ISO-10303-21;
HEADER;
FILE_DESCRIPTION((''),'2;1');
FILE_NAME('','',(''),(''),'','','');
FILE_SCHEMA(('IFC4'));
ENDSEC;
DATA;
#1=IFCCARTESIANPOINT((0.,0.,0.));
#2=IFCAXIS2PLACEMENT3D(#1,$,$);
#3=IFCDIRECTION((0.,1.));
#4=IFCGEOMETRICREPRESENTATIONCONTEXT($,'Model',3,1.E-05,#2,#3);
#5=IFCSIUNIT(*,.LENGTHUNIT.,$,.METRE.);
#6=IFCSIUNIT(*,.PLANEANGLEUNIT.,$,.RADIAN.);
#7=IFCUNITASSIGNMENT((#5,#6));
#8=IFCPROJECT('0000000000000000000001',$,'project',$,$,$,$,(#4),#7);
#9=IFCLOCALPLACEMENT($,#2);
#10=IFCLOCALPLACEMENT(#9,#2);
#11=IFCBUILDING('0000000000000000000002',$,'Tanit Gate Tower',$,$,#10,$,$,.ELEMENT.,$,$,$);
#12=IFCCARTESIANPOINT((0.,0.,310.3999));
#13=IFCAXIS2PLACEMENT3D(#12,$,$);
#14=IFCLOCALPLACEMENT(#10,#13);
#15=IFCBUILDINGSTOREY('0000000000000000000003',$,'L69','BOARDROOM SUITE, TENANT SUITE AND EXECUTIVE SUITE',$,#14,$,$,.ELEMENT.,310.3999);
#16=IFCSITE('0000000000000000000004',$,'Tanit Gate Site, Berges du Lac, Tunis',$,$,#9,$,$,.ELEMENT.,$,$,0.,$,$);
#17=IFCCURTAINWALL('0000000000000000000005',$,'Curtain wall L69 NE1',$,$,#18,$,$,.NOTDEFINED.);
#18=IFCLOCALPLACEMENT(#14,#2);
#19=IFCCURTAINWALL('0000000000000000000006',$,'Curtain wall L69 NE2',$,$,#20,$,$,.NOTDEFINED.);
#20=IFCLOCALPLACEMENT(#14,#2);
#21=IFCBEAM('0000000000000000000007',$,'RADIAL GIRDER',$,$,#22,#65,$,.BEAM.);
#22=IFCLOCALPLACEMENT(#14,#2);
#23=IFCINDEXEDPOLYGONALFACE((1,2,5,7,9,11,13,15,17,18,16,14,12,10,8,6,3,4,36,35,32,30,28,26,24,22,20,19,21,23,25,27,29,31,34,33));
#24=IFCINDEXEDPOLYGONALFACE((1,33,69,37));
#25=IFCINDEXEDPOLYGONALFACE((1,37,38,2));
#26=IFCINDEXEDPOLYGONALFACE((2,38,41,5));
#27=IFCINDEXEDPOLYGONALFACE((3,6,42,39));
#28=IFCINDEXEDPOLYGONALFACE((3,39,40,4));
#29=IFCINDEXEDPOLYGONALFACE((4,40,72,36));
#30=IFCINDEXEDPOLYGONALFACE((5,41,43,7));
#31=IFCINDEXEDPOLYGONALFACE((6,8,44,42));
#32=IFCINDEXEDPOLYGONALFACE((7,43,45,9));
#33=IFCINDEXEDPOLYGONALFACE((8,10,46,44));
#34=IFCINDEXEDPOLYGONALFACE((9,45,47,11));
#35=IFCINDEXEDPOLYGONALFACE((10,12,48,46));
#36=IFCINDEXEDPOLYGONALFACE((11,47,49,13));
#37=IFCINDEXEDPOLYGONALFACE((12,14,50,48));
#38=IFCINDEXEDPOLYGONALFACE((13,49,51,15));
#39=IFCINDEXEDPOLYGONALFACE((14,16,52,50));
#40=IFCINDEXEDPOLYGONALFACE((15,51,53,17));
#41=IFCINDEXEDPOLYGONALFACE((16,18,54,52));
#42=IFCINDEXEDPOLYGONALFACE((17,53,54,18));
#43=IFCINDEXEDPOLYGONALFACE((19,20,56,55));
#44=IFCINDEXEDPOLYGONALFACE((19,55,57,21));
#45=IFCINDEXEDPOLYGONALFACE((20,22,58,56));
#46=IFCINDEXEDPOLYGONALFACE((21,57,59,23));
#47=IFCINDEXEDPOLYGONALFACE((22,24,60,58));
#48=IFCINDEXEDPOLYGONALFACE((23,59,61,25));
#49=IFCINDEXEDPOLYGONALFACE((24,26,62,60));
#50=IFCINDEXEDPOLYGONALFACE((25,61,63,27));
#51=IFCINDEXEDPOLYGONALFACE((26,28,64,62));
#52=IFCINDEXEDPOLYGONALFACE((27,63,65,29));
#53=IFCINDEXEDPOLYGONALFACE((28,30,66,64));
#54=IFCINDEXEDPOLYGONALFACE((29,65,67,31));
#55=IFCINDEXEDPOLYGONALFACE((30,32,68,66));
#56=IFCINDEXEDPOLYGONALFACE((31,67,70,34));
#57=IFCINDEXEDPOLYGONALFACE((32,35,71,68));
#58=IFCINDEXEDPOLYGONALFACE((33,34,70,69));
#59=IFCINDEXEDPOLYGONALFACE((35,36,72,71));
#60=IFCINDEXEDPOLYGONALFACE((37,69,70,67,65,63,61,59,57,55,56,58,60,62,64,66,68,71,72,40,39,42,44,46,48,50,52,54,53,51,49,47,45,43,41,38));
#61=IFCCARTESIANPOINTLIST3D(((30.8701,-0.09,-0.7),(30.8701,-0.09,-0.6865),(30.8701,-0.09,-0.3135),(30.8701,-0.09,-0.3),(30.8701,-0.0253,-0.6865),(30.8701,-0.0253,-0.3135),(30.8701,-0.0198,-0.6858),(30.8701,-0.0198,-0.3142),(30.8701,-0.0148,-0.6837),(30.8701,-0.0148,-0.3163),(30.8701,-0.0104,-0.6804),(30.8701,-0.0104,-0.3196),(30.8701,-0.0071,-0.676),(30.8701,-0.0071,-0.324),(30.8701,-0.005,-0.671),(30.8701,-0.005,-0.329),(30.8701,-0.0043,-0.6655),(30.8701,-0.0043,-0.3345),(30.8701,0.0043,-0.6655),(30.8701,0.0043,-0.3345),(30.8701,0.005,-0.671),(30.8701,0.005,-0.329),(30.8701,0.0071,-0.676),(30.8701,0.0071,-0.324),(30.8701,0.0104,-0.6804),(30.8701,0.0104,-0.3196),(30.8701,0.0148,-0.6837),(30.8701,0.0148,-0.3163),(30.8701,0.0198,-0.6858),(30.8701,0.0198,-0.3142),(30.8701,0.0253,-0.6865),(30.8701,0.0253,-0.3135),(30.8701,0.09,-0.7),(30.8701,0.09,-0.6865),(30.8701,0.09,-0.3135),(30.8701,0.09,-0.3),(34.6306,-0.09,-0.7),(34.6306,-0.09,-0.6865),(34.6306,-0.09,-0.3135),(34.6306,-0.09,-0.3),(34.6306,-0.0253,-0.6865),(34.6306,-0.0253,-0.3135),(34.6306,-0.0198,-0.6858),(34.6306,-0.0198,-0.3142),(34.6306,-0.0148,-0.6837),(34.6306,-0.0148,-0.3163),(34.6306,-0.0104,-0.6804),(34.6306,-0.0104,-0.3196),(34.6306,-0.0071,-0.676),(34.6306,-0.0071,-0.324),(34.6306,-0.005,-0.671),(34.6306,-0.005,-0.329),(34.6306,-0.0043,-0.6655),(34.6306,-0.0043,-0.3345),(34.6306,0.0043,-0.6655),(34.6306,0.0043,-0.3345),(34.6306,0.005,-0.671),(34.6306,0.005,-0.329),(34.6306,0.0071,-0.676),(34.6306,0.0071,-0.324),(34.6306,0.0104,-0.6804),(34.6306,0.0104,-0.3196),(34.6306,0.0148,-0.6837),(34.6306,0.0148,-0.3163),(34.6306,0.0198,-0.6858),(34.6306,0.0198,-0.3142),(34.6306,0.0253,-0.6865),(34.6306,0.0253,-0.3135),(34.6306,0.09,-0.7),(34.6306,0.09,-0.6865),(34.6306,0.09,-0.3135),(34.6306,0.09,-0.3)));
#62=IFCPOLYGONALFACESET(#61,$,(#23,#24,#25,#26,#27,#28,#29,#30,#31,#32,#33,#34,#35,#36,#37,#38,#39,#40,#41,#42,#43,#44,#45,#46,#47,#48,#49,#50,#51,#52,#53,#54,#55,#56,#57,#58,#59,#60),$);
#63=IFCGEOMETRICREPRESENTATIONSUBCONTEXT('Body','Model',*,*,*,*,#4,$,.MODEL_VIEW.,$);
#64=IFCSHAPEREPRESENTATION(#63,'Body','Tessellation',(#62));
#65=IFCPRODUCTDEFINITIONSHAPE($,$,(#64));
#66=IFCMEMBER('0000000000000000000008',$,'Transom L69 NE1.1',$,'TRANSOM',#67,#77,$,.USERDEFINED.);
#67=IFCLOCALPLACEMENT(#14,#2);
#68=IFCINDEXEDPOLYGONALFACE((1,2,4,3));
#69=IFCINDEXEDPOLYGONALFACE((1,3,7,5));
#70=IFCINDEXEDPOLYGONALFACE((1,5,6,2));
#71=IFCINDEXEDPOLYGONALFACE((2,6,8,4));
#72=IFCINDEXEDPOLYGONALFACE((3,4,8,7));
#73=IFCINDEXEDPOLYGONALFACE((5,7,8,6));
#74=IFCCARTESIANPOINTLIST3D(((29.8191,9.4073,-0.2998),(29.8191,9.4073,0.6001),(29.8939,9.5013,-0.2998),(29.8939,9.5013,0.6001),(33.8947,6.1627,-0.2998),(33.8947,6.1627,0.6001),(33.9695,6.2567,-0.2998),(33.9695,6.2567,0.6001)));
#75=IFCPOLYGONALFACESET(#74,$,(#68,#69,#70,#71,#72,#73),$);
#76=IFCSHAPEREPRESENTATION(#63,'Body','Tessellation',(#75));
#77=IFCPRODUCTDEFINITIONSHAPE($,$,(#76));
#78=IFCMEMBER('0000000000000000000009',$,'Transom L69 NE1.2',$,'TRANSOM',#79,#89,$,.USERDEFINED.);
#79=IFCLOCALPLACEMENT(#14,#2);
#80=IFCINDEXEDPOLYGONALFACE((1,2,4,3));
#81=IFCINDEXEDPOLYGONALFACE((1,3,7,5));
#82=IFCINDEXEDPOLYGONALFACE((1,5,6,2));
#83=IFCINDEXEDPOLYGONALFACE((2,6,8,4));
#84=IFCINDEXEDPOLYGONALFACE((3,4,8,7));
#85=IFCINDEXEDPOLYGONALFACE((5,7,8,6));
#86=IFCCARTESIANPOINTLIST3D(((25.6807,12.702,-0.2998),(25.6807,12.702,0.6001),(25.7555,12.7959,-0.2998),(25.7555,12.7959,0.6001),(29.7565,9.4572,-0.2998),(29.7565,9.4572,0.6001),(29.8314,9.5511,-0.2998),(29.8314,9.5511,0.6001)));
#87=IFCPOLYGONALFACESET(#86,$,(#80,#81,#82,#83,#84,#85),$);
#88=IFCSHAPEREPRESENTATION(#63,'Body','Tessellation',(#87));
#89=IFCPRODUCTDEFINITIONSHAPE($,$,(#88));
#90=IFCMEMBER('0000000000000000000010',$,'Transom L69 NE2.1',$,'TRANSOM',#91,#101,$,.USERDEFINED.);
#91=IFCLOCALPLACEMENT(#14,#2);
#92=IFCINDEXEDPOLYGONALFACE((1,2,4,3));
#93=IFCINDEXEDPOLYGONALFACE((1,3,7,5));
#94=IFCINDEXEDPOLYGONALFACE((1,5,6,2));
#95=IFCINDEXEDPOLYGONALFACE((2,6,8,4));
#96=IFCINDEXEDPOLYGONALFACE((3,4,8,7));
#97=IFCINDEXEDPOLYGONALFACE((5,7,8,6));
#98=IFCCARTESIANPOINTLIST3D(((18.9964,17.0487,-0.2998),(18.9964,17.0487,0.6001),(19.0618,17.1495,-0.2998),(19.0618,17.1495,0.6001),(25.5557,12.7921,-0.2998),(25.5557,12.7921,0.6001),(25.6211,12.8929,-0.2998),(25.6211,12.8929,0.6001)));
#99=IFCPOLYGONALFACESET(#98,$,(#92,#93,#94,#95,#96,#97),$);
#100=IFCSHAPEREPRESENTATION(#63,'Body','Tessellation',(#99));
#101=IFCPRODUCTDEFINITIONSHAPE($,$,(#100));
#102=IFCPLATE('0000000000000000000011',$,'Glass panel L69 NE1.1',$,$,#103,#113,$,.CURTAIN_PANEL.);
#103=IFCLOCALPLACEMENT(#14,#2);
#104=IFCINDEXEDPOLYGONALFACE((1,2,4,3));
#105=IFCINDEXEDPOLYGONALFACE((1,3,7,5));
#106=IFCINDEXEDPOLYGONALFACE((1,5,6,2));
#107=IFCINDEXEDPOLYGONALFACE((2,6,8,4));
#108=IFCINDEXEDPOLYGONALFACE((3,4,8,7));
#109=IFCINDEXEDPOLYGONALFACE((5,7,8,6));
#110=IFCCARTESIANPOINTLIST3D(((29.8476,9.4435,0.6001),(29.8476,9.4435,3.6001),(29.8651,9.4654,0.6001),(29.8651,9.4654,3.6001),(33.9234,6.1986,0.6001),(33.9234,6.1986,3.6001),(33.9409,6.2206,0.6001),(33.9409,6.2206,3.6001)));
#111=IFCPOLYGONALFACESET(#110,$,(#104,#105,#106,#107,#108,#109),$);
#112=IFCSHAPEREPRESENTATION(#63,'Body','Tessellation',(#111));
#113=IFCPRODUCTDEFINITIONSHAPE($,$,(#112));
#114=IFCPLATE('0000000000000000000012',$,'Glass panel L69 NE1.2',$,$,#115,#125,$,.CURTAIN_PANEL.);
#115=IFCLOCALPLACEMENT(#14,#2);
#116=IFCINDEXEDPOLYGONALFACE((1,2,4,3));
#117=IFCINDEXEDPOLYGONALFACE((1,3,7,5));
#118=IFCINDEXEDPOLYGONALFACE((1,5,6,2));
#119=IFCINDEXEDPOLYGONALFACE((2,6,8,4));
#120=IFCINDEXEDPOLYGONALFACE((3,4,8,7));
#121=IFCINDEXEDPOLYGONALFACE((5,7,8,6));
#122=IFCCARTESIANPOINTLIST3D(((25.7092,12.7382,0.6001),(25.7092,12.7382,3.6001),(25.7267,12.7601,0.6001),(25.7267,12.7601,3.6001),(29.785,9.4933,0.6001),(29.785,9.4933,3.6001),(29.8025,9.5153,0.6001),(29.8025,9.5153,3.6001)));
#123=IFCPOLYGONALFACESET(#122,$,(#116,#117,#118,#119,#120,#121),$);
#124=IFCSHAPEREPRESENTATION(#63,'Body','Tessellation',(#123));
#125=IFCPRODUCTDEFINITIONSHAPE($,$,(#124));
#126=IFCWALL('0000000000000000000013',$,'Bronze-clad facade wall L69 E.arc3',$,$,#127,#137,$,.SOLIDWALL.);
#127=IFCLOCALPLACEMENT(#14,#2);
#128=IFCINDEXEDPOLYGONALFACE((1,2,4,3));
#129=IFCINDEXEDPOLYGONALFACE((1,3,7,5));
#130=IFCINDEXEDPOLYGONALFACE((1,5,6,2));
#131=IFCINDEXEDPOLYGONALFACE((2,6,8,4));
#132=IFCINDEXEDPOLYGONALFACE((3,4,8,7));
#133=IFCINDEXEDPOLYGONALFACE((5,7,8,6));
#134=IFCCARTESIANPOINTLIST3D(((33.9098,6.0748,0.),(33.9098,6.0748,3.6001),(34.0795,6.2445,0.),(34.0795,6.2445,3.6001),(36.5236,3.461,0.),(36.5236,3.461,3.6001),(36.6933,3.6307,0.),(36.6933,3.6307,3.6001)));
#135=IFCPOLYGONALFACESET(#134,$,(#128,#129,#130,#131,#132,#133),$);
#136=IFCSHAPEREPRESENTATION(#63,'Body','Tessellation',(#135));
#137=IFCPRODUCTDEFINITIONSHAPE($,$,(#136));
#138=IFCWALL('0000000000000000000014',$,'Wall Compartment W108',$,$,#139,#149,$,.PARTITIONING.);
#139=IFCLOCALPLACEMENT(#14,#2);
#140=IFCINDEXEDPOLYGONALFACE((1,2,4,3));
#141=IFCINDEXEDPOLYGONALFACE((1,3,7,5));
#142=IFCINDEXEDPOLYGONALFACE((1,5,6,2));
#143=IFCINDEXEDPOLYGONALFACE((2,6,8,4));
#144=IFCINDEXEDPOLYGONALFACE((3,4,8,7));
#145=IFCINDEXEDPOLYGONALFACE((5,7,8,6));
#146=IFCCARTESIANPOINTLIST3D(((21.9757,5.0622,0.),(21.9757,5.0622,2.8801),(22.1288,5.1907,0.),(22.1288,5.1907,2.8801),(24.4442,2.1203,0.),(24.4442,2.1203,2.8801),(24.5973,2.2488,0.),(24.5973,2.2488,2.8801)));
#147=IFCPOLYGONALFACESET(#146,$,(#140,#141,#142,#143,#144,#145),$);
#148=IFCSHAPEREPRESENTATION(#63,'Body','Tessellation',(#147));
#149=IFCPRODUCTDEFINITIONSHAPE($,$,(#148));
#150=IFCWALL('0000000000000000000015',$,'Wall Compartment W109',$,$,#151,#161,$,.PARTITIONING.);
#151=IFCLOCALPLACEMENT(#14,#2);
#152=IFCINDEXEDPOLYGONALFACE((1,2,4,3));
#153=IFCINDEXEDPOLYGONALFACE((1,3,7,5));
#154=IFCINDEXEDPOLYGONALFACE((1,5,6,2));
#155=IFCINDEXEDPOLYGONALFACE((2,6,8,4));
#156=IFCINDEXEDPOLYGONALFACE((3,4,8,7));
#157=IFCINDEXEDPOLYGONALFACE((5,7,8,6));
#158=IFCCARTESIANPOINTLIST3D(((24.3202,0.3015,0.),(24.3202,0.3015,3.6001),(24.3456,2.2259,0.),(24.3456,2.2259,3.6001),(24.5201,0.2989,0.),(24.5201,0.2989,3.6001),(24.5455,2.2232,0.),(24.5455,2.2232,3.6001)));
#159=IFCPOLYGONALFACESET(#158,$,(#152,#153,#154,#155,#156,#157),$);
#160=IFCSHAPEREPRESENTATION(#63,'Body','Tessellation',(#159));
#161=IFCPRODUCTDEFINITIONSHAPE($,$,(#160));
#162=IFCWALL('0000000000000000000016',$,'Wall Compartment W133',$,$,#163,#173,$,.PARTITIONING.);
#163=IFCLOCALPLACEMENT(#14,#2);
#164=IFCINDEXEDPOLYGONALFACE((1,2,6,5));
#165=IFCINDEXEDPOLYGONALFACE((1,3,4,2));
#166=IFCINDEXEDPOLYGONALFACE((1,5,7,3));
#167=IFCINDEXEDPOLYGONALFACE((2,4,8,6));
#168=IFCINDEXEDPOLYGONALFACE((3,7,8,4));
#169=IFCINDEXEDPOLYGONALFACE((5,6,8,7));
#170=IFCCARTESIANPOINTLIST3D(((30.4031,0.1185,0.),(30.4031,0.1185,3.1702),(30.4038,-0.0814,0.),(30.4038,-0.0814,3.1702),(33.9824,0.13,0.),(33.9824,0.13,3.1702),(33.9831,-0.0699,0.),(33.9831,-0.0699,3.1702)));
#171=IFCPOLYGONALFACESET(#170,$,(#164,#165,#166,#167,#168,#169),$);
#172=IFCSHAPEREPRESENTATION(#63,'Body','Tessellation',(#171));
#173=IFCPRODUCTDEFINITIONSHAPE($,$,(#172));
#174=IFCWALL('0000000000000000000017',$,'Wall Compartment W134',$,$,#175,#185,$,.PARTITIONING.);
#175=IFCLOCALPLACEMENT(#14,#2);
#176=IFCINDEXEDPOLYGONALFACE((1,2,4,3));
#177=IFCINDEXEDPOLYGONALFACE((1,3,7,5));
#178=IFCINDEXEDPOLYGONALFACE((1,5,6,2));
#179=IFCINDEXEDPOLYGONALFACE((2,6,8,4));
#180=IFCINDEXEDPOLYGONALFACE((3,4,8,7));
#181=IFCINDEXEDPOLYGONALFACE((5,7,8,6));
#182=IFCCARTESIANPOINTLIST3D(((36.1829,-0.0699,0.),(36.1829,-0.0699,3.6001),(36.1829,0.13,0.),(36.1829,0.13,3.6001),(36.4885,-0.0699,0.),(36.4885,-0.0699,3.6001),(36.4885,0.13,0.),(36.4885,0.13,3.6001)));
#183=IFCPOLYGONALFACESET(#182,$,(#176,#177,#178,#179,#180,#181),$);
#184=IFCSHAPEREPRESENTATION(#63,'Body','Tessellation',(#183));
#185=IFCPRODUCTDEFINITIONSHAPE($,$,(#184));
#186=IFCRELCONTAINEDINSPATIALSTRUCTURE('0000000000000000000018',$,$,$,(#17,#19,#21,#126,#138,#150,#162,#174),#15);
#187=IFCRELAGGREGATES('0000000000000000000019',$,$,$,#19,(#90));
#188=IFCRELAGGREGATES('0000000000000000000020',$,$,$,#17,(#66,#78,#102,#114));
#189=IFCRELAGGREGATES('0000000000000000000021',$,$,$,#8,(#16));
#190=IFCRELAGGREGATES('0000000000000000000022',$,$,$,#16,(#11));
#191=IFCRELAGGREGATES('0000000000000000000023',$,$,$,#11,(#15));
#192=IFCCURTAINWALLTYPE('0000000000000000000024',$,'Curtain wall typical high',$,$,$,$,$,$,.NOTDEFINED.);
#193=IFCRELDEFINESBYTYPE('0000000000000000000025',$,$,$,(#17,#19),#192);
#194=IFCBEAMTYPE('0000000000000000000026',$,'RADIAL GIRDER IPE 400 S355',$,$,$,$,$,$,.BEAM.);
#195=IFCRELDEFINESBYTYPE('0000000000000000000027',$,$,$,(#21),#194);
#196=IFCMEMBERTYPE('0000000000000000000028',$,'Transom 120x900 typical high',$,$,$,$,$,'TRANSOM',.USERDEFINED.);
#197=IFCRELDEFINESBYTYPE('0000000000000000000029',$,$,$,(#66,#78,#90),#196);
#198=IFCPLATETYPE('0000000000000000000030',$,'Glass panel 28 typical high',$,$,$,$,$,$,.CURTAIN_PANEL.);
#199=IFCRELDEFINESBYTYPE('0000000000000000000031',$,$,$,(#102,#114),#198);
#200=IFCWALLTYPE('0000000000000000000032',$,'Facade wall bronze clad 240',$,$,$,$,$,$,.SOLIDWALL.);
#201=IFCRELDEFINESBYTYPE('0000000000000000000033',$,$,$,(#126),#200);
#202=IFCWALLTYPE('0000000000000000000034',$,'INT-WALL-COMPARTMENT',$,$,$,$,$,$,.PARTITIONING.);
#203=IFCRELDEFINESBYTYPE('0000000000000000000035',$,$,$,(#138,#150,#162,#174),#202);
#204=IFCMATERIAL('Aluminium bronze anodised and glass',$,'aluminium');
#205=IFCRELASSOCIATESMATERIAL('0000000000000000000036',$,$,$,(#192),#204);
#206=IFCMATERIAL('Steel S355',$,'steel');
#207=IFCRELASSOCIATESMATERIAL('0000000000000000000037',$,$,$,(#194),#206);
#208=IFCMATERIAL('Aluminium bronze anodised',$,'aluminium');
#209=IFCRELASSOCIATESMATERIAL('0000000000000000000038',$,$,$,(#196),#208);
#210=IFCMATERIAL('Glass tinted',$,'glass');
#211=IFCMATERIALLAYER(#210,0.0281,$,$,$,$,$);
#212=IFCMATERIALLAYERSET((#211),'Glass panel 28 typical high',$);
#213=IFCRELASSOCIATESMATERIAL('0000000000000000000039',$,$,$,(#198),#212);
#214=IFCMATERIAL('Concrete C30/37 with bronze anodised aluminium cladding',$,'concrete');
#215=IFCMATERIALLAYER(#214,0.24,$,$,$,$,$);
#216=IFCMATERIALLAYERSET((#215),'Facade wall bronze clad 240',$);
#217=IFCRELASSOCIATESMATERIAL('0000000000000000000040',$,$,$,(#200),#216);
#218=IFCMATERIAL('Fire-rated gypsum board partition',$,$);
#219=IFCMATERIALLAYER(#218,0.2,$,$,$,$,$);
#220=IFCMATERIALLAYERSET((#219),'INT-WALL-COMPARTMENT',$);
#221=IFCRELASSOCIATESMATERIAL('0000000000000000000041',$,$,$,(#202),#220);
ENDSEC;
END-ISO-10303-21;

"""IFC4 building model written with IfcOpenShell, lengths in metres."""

from ifc_helpers import new_model, si_unit, direction, frame, frame_2d, origin, origin_2d, place, context, subcontext, project, spatial, rectangle, i_section, extrude, material, layer, layer_set, material_profile, profile_set, type_object, element, aggregate, save


model = new_model("IFC4")

# Units and contexts
model_context = context("Model", 3, precision=1e-05, world=origin(), true_north=direction((0.0, 1.0)))
body_context = subcontext(model_context, "Body", "Model", "MODEL_VIEW")
ifc_project = project(units=[si_unit("LENGTHUNIT", "METRE"), si_unit("PLANEANGLEUNIT", "RADIAN")], contexts=[model_context])

# Site, building, storey
site_placement = place(None, origin())
site = spatial("IfcSite", under=ifc_project, at=site_placement, Name="Tanit Gate Site, Berges du Lac, Tunis", CompositionType="ELEMENT", RefElevation=0.0)
building_placement = place(site_placement, origin())
building = spatial("IfcBuilding", under=site, at=building_placement, Name="Tanit Gate Tower", CompositionType="ELEMENT")
storey_placement = place(building_placement, frame((0.0, 0.0, 310.3999)))
storey = spatial("IfcBuildingStorey", under=building, at=storey_placement, Name="L69", Description="BOARDROOM SUITE, TENANT SUITE AND EXECUTIVE SUITE", CompositionType="ELEMENT", Elevation=310.3999)

# Curtain walls
ifc_material_1 = material(Name="Aluminium bronze anodised and glass", Category="aluminium")
curtain_wall_type = type_object("IfcCurtainWallType", Name="Curtain wall typical high", PredefinedType="NOTDEFINED", material=ifc_material_1)
curtain_wall_1_placement = place(storey_placement, origin())
curtain_wall_1 = element("IfcCurtainWall", 1, at=curtain_wall_1_placement, inside=storey, type_object=curtain_wall_type, Name="Curtain wall L69 NE1", PredefinedType="NOTDEFINED")
curtain_wall_2_placement = place(storey_placement, origin())
curtain_wall_2 = element("IfcCurtainWall", 2, at=curtain_wall_2_placement, inside=storey, type_object=curtain_wall_type, Name="Curtain wall L69 NE2", PredefinedType="NOTDEFINED")

# Beam
ifc_material_2 = material(Name="Steel S355", Category="steel")
ifc_material_profile_1 = material_profile(ifc_material_2, i_section(OverallWidth=0.1799, OverallDepth=0.3999, WebThickness=0.0085, FlangeThickness=0.0134, FilletRadius=0.021, at=origin_2d()), Name="IPE 400")
ifc_profile_set_1 = profile_set([ifc_material_profile_1], Name="Steel S355")
beam_type_1 = type_object("IfcBeamType", Name="RADIAL GIRDER IPE 400 S355", PredefinedType="BEAM", material=ifc_profile_set_1)
beam_1_placement = place(storey_placement, frame((34.6306, 0.0, -0.5), z_axis=(-1.0, 0.0, 0.0), x_axis=(0.0, -1.0, 0.0)))
element("IfcBeam", 3, at=beam_1_placement, inside=storey, type_object=beam_type_1, Name="RADIAL GIRDER", PredefinedType="BEAM", context=body_context, shape_type="SweptSolid", body=[
    extrude(i_section(OverallWidth=0.1799, OverallDepth=0.3999, WebThickness=0.0085, FlangeThickness=0.0134, FilletRadius=0.021, at=origin_2d()), origin(), (0.0, 0.0, 1.0), 3.7605),
])

# Members
ifc_material_3 = material(Name="Aluminium bronze anodised", Category="aluminium")
ifc_material_profile_2 = material_profile(ifc_material_3, rectangle(XDim=0.1201, YDim=0.8999, at=origin_2d()), Name="120x900 bronze transom")
ifc_profile_set_2 = profile_set([ifc_material_profile_2], Name="Aluminium bronze anodised")
member_type_1 = type_object("IfcMemberType", Name="Transom 120x900 typical high", ElementType="TRANSOM", PredefinedType="USERDEFINED", material=ifc_profile_set_2)
member_1_placement = place(storey_placement, frame((33.9321, 6.2097, 0.1501), z_axis=(-0.782357, 0.62283, 0.0), x_axis=(-0.62283, -0.782357, 0.0)))
member_1 = element("IfcMember", 4, at=member_1_placement, type_object=member_type_1, Name="Transom L69 NE1.1", ObjectType="TRANSOM", PredefinedType="USERDEFINED", context=body_context, shape_type="SweptSolid", body=[
    extrude(rectangle(XDim=0.1201, YDim=0.8999, at=origin_2d()), origin(), (0.0, 0.0, 1.0), 5.2095),
])
member_2_placement = place(storey_placement, frame((29.7939, 9.5042, 0.1501), z_axis=(-0.782352, 0.622836, 0.0), x_axis=(-0.622836, -0.782352, 0.0)))
member_2 = element("IfcMember", 5, at=member_2_placement, type_object=member_type_1, Name="Transom L69 NE1.2", ObjectType="TRANSOM", PredefinedType="USERDEFINED", context=body_context, shape_type="SweptSolid", body=[
    extrude(rectangle(XDim=0.1201, YDim=0.8999, at=origin_2d()), origin(), (0.0, 0.0, 1.0), 5.2097),
])
member_3_placement = place(storey_placement, frame((25.5884, 12.8425, 0.1501), z_axis=(-0.838851, 0.544362, 0.0), x_axis=(-0.544362, -0.838851, 0.0)))
member_3 = element("IfcMember", 6, at=member_3_placement, type_object=member_type_1, Name="Transom L69 NE2.1", ObjectType="TRANSOM", PredefinedType="USERDEFINED", context=body_context, shape_type="SweptSolid", body=[
    extrude(rectangle(XDim=0.1201, YDim=0.8999, at=origin_2d()), origin(), (0.0, 0.0, 1.0), 7.8193),
])
aggregate(curtain_wall_2, [member_3])

# Plates
ifc_material_4 = material(Name="Glass tinted", Category="glass")
ifc_layer_1 = layer(ifc_material_4, 0.0281)
ifc_layer_set_1 = layer_set([ifc_layer_1], Name="Glass panel 28 typical high")
plate_type = type_object("IfcPlateType", Name="Glass panel 28 typical high", PredefinedType="CURTAIN_PANEL", material=ifc_layer_set_1)
plate_1_placement = place(storey_placement, frame((31.8943, 7.832, 0.6001), z_axis=(0.0, 0.0, 1.0), x_axis=(-0.782344, 0.622847, 0.0)))
plate_1 = element("IfcPlate", 7, at=plate_1_placement, type_object=plate_type, Name="Glass panel L69 NE1.1", PredefinedType="CURTAIN_PANEL", context=body_context, shape_type="SweptSolid", body=[
    extrude(rectangle(XDim=5.2097, YDim=0.0281, at=origin_2d()), origin(), (0.0, 0.0, 1.0), 3.0),
])
plate_2_placement = place(storey_placement, frame((27.7559, 11.1267, 0.6001), z_axis=(0.0, 0.0, 1.0), x_axis=(-0.782344, 0.622847, 0.0)))
plate_2 = element("IfcPlate", 8, at=plate_2_placement, type_object=plate_type, Name="Glass panel L69 NE1.2", PredefinedType="CURTAIN_PANEL", context=body_context, shape_type="SweptSolid", body=[
    extrude(rectangle(XDim=5.2097, YDim=0.0281, at=origin_2d()), origin(), (0.0, 0.0, 1.0), 3.0),
])
aggregate(curtain_wall_1, [member_1, member_2, plate_1, plate_2])

# Walls
ifc_material_5 = material(Name="Concrete C30/37 with bronze anodised aluminium cladding", Category="concrete")
ifc_layer_2 = layer(ifc_material_5, 0.24)
ifc_layer_set_2 = layer_set([ifc_layer_2], Name="Facade wall bronze clad 240")
wall_type_1 = type_object("IfcWallType", Name="Facade wall bronze clad 240", PredefinedType="SOLIDWALL", material=ifc_layer_set_2)
wall_1_placement = place(storey_placement, frame((36.6084, 3.5459, 0.0), z_axis=(0.0, 0.0, 1.0), x_axis=(-0.707107, 0.707107, 0.0)))
element("IfcWall", 9, at=wall_1_placement, inside=storey, type_object=wall_type_1, Name="Bronze-clad facade wall L69 E.arc3", PredefinedType="SOLIDWALL", context=body_context, shape_type="SweptSolid", body=[
    extrude(rectangle(XDim=3.6965, YDim=0.24, at=frame_2d((1.8481, 0.0))), origin(), (0.0, 0.0, 1.0), 3.6001),
])
ifc_material_6 = material(Name="Fire-rated gypsum board partition")
ifc_layer_3 = layer(ifc_material_6, 0.2)
ifc_layer_set_3 = layer_set([ifc_layer_3], Name="INT-WALL-COMPARTMENT")
wall_type_2 = type_object("IfcWallType", Name="INT-WALL-COMPARTMENT", PredefinedType="PARTITIONING", material=ifc_layer_set_3)
wall_2_placement = place(storey_placement, frame((24.5208, 2.1846, 0.0), z_axis=(0.0, 0.0, 1.0), x_axis=(-0.642782, 0.766049, 0.0)))
element("IfcWall", 10, at=wall_2_placement, inside=storey, type_object=wall_type_2, Name="Wall Compartment W108", PredefinedType="PARTITIONING", context=body_context, shape_type="SweptSolid", body=[
    extrude(rectangle(XDim=3.8403, YDim=0.2, at=frame_2d((1.9202, 0.0))), origin(), (0.0, 0.0, 1.0), 2.8801),
])
wall_3_placement = place(storey_placement, frame((24.4202, 0.3, 0.0), z_axis=(0.0, 0.0, 1.0), x_axis=(0.013193, 0.999913, 0.0)))
element("IfcWall", 11, at=wall_3_placement, inside=storey, type_object=wall_type_2, Name="Wall Compartment W109", PredefinedType="PARTITIONING", context=body_context, shape_type="SweptSolid", body=[
    extrude(rectangle(XDim=1.9246, YDim=0.2, at=frame_2d((0.9624, 0.0))), origin(), (0.0, 0.0, 1.0), 3.6001),
])
wall_4_placement = place(storey_placement, frame((30.4036, 0.0186, 0.0), z_axis=(0.0, 0.0, 1.0), x_axis=(0.999995, 0.003206, 0.0)))
element("IfcWall", 12, at=wall_4_placement, inside=storey, type_object=wall_type_2, Name="Wall Compartment W133", PredefinedType="PARTITIONING", context=body_context, shape_type="SweptSolid", body=[
    extrude(rectangle(XDim=3.5793, YDim=0.2, at=frame_2d((1.7896, 0.0))), origin(), (0.0, 0.0, 1.0), 3.1702),
])
wall_5_placement = place(storey_placement, frame((36.1829, 0.03, 0.0), z_axis=(0.0, 0.0, 1.0), x_axis=(1.0, 0.0, 0.0)))
element("IfcWall", 13, at=wall_5_placement, inside=storey, type_object=wall_type_2, Name="Wall Compartment W134", PredefinedType="PARTITIONING", context=body_context, shape_type="SweptSolid", body=[
    extrude(rectangle(XDim=0.3057, YDim=0.2, at=frame_2d((0.1528, 0.0))), origin(), (0.0, 0.0, 1.0), 3.6001),
])

save(model, "model.ifc")
